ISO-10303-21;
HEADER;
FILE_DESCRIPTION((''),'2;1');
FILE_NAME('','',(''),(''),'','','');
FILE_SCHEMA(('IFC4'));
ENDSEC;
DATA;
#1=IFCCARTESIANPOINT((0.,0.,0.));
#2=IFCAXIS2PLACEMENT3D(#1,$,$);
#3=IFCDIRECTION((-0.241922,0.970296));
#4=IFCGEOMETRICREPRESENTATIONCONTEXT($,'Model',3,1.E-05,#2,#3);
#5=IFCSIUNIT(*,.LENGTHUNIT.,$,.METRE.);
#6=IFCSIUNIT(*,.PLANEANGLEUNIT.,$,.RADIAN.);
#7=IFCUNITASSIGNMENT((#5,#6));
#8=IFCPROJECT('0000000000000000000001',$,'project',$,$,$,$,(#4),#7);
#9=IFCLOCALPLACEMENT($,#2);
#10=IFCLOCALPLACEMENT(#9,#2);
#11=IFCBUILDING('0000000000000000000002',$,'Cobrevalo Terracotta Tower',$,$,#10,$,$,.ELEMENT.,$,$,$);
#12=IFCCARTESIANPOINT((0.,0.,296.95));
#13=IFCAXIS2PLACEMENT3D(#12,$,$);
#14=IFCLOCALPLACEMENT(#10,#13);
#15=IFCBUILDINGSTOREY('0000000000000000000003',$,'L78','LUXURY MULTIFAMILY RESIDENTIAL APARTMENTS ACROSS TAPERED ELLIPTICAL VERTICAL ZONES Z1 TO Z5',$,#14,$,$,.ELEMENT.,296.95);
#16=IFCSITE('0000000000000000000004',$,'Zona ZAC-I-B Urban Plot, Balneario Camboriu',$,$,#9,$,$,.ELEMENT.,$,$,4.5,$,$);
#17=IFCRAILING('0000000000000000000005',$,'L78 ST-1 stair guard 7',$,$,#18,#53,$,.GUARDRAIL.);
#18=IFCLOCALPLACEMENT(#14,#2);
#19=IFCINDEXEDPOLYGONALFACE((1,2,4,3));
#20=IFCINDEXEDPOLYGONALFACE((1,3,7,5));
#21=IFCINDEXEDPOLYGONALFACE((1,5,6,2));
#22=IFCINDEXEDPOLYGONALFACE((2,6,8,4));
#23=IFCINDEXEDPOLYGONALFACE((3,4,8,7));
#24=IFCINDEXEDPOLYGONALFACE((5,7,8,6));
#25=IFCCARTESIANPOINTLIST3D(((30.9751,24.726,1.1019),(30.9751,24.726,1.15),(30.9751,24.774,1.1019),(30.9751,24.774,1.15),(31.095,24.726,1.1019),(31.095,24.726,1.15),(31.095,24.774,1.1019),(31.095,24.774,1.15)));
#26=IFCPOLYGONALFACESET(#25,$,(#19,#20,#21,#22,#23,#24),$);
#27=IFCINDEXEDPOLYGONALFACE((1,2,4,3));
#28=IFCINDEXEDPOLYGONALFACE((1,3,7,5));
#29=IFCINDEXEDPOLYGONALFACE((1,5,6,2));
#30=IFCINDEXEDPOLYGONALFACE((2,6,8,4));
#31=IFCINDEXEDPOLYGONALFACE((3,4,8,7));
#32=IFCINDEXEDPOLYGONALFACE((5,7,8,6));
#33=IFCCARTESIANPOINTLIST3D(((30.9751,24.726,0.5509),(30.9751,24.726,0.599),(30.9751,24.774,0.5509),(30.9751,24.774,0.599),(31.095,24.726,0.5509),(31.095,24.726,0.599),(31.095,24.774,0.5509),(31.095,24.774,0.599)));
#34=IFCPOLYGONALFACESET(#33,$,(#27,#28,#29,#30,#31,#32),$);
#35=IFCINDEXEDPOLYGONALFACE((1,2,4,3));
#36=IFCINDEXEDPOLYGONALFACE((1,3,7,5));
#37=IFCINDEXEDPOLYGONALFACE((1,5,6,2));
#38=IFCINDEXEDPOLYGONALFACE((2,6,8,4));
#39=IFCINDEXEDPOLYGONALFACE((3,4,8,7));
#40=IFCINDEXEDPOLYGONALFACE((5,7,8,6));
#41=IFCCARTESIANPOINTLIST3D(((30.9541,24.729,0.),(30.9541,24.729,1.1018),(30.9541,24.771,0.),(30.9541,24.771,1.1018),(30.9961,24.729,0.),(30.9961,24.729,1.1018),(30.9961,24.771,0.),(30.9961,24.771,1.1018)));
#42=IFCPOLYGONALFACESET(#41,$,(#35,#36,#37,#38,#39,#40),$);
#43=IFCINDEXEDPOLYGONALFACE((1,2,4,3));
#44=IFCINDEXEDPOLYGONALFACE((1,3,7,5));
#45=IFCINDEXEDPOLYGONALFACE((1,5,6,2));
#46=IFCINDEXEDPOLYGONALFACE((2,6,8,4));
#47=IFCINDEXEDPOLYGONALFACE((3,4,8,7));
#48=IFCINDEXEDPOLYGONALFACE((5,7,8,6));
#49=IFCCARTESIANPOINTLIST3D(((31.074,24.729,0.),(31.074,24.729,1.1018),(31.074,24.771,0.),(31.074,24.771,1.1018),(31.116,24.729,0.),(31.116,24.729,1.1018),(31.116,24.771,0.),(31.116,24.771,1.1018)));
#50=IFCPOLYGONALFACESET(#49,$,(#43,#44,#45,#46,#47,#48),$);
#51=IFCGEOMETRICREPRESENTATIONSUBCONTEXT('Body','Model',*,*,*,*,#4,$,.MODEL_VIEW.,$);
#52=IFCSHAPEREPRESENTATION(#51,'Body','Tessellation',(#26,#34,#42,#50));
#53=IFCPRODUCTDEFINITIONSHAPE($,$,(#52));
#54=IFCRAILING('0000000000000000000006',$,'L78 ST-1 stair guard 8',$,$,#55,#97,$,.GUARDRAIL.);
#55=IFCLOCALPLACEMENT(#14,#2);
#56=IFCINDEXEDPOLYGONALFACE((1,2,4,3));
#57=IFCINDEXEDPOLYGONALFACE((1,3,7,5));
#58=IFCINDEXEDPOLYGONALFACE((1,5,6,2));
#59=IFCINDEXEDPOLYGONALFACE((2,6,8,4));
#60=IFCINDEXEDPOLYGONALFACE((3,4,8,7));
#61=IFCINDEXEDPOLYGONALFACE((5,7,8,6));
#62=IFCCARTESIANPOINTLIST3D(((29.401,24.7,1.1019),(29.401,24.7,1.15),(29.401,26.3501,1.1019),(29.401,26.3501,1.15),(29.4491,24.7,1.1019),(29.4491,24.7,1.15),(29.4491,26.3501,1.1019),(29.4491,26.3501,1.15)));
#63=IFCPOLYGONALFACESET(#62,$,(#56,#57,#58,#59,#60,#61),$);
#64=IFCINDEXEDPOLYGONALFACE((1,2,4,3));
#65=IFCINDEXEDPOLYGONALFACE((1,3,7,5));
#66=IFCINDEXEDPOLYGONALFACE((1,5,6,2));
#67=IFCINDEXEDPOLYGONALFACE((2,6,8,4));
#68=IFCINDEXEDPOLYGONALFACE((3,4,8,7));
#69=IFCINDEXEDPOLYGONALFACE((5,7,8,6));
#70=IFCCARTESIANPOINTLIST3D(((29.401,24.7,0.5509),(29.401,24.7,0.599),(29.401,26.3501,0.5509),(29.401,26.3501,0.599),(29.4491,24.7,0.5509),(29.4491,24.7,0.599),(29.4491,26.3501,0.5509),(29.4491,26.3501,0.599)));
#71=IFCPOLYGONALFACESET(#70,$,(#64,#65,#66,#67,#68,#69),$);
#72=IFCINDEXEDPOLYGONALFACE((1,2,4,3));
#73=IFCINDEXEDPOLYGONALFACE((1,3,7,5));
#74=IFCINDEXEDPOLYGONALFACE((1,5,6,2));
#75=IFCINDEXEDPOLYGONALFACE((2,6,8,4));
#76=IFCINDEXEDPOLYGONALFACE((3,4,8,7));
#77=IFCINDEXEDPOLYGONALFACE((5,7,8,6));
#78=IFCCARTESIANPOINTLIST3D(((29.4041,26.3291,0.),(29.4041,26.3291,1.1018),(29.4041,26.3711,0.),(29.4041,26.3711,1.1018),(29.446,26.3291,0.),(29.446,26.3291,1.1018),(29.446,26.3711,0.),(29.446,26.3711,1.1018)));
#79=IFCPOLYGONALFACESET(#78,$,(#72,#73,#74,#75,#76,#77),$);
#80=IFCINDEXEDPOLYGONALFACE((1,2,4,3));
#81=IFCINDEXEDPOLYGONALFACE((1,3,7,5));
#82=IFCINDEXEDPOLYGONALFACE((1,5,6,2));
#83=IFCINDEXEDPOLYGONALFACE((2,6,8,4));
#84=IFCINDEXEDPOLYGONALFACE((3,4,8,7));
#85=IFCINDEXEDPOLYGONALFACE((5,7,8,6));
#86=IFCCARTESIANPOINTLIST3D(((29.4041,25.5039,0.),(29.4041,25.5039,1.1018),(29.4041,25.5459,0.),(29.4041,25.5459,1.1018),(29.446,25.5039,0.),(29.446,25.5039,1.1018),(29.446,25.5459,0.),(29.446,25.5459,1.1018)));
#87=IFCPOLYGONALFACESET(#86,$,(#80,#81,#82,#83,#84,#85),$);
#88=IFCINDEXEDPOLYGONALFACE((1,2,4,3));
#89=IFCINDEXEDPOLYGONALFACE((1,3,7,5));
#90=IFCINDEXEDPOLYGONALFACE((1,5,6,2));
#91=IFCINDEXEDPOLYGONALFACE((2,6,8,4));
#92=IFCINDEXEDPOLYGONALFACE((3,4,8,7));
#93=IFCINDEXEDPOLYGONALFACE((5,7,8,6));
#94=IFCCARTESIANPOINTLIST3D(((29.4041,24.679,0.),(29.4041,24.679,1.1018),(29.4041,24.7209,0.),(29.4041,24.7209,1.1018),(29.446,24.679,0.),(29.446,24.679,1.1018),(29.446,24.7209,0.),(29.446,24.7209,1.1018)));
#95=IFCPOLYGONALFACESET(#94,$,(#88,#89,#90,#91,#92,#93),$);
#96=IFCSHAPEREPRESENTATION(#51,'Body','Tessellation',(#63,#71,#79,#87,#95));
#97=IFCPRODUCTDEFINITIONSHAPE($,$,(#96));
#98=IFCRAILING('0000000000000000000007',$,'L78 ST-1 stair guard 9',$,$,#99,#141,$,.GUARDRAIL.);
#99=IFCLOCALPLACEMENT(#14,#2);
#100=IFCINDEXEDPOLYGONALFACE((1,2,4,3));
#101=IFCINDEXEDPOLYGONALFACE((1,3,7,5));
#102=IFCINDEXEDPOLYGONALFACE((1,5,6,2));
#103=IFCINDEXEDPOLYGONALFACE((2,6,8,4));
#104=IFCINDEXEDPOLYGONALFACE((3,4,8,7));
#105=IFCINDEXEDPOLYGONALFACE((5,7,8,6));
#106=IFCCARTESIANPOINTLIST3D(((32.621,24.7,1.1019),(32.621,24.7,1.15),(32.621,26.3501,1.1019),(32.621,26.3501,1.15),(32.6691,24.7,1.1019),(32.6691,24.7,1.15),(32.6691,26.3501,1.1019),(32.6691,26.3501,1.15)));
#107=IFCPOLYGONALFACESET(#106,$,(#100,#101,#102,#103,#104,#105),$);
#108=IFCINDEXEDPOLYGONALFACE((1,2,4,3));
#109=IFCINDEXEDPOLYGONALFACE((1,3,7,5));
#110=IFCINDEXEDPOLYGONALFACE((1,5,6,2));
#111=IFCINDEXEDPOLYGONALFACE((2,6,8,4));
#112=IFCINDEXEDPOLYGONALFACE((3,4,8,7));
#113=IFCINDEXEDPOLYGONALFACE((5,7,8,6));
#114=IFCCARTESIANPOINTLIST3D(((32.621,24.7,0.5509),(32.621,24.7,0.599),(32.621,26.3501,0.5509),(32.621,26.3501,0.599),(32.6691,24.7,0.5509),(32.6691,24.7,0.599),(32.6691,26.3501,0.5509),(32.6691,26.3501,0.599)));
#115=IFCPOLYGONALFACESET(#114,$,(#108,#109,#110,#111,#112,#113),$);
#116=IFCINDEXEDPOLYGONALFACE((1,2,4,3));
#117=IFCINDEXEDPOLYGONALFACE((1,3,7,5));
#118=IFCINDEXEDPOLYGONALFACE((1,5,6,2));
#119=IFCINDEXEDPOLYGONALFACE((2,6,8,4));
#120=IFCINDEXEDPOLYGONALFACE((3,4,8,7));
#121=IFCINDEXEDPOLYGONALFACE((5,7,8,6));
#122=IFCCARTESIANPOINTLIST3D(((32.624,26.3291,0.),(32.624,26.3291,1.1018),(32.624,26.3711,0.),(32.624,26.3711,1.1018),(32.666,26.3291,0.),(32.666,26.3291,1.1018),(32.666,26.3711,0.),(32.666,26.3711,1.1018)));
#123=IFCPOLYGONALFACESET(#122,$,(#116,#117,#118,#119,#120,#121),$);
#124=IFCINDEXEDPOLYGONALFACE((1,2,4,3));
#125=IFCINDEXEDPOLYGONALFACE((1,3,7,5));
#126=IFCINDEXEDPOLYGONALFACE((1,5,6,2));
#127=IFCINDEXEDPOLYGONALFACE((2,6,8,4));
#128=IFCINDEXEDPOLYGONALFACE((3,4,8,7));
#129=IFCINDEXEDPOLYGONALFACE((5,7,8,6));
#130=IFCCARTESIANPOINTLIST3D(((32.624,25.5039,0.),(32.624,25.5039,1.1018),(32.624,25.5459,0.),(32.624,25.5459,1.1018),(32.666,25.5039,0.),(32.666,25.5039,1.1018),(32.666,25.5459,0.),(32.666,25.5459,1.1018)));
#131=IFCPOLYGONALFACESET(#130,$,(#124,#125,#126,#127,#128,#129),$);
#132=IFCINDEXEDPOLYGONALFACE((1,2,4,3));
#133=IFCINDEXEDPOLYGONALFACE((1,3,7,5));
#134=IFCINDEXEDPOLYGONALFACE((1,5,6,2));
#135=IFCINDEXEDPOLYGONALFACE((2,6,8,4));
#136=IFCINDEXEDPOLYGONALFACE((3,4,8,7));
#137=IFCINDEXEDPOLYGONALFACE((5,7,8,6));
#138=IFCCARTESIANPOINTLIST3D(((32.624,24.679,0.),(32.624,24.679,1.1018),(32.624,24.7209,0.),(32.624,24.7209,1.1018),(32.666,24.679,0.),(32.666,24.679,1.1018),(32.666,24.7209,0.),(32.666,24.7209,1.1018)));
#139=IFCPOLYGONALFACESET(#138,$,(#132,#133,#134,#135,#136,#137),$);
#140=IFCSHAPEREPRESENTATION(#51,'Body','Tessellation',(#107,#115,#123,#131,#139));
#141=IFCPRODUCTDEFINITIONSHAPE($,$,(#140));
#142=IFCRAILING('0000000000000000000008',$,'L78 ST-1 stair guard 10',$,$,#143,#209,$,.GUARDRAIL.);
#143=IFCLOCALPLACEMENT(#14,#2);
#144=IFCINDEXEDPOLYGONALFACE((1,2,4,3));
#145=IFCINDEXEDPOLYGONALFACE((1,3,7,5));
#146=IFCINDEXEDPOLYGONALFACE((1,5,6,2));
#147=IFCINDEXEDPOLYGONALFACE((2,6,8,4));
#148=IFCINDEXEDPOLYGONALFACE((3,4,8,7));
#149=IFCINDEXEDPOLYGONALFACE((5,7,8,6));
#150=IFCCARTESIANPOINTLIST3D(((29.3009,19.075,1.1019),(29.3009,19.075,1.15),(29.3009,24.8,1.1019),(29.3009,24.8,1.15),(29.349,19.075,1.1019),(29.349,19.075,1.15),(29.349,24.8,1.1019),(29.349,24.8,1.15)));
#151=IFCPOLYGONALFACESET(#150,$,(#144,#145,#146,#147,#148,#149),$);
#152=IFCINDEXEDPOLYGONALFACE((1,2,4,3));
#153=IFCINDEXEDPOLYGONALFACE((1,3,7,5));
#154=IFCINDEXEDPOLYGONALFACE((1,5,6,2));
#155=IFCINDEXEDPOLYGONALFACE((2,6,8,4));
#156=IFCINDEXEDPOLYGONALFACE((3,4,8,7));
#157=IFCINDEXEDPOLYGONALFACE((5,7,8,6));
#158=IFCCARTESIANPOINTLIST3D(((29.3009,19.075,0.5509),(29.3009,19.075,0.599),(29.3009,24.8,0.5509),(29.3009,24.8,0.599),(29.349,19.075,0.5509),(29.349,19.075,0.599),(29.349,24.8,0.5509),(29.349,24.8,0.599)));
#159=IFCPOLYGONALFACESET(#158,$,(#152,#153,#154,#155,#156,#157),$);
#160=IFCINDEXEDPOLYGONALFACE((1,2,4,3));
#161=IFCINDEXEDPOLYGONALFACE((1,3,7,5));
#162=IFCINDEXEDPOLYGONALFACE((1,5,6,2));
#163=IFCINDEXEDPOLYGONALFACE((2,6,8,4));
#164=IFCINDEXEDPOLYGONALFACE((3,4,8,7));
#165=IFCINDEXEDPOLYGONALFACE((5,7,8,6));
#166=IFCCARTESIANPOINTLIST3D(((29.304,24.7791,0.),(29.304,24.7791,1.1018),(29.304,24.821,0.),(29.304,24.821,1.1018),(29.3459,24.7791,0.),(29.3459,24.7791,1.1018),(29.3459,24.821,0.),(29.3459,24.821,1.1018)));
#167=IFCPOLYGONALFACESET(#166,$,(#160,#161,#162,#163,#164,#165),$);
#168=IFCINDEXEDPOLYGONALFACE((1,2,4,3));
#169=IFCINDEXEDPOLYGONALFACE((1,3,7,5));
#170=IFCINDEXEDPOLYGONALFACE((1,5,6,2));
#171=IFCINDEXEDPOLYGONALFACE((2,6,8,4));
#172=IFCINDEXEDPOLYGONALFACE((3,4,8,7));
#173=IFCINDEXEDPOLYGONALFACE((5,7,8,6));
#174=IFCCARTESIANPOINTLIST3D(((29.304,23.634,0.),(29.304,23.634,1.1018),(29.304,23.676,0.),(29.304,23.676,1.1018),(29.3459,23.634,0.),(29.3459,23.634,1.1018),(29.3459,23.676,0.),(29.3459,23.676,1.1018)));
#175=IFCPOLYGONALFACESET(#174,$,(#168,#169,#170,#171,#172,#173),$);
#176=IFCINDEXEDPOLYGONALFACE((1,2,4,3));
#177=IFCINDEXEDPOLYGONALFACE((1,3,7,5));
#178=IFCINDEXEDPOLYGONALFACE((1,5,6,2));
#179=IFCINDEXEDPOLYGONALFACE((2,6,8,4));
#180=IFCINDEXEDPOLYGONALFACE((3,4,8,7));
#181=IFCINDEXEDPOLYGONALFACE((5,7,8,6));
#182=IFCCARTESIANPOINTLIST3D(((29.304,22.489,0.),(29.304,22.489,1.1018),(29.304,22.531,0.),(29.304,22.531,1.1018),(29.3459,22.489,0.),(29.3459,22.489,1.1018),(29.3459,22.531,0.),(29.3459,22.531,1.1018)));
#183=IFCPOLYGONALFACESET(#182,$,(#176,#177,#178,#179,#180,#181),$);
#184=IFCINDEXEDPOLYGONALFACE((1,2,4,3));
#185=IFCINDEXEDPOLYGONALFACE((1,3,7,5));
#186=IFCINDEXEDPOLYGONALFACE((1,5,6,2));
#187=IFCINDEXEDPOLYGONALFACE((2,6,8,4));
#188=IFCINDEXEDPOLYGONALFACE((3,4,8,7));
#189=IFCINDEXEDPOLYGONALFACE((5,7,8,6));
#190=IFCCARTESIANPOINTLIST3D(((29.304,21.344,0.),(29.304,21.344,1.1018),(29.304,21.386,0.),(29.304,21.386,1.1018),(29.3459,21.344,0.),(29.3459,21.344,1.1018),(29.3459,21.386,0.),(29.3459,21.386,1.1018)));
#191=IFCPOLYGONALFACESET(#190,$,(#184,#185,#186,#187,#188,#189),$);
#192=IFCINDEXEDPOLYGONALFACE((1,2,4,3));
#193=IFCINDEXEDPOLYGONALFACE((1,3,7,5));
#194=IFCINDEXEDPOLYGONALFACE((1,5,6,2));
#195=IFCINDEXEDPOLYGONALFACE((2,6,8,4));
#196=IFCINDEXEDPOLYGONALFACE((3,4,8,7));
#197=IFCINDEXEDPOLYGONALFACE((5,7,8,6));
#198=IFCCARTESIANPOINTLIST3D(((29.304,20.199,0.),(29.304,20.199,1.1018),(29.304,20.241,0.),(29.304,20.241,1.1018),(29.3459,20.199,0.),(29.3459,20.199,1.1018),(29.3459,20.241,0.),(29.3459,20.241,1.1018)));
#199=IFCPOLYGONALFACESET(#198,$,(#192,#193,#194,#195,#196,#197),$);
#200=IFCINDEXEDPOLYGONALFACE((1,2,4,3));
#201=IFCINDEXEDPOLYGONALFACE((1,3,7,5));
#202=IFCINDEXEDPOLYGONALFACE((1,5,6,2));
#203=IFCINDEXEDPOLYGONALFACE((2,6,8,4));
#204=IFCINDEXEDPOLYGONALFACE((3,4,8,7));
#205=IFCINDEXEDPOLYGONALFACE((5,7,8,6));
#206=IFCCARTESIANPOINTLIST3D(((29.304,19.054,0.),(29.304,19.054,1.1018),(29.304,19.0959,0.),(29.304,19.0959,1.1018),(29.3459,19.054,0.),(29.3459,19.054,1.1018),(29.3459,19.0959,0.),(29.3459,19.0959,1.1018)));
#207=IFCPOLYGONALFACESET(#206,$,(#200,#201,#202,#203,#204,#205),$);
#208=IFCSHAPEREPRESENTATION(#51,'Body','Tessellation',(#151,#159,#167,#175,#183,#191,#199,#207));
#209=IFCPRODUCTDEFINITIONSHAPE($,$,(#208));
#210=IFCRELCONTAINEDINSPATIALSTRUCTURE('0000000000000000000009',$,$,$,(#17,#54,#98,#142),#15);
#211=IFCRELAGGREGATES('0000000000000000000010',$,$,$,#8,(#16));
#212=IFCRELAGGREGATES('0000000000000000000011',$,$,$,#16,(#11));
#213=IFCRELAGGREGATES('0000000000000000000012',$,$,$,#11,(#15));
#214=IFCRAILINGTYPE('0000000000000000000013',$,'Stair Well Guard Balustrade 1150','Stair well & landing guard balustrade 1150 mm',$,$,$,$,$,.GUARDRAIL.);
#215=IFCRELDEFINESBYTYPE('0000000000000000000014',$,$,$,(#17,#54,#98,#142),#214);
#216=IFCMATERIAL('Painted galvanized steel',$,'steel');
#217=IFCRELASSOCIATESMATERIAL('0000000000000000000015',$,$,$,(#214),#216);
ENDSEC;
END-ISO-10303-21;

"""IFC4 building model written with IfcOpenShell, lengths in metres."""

from ifc_helpers import new_model, si_unit, direction, frame, origin, origin_2d, place, context, subcontext, project, spatial, rectangle, extrude, material, type_object, element, save


model = new_model("IFC4")

# Units and contexts
model_context = context("Model", 3, precision=1e-05, world=origin(), true_north=direction((-0.241922, 0.970296)))
body_context = subcontext(model_context, "Body", "Model", "MODEL_VIEW")
ifc_project = project(units=[si_unit("LENGTHUNIT", "METRE"), si_unit("PLANEANGLEUNIT", "RADIAN")], contexts=[model_context])

# Site, building, storey
site_placement = place(None, origin())
site = spatial("IfcSite", under=ifc_project, at=site_placement, Name="Zona ZAC-I-B Urban Plot, Balneario Camboriu", CompositionType="ELEMENT", RefElevation=4.5)
building_placement = place(site_placement, origin())
building = spatial("IfcBuilding", under=site, at=building_placement, Name="Cobrevalo Terracotta Tower", CompositionType="ELEMENT")
storey_placement = place(building_placement, frame((0.0, 0.0, 296.95)))
storey = spatial("IfcBuildingStorey", under=building, at=storey_placement, Name="L78", Description="LUXURY MULTIFAMILY RESIDENTIAL APARTMENTS ACROSS TAPERED ELLIPTICAL VERTICAL ZONES Z1 TO Z5", CompositionType="ELEMENT", Elevation=296.95)

# Railings
ifc_material_1 = material(Name="Painted galvanized steel", Category="steel")
railing_type_1 = type_object("IfcRailingType", Name="Stair Well Guard Balustrade 1150", Description="Stair well & landing guard balustrade 1150 mm", PredefinedType="GUARDRAIL", material=ifc_material_1)
railing_1_placement = place(storey_placement, frame((30.9751, 24.75, 0.0)))
element("IfcRailing", 1, at=railing_1_placement, inside=storey, type_object=railing_type_1, Name="L78 ST-1 stair guard 7", PredefinedType="GUARDRAIL", context=body_context, shape_type="SweptSolid", body=[
    extrude(rectangle(XDim=0.0481, YDim=0.0481, at=origin_2d()), frame((0.0, 0.0, 1.126), z_axis=(1.0, 0.0, 0.0), x_axis=(0.0, 1.0, 0.0)), (0.0, 0.0, 1.0), 0.1199),
    extrude(rectangle(XDim=0.0481, YDim=0.0481, at=origin_2d()), frame((0.0, 0.0, 0.575), z_axis=(1.0, 0.0, 0.0), x_axis=(0.0, 1.0, 0.0)), (0.0, 0.0, 1.0), 0.1199),
    extrude(rectangle(XDim=0.042, YDim=0.042, at=origin_2d()), origin(), (0.0, 0.0, 1.0), 1.1018),
    extrude(rectangle(XDim=0.042, YDim=0.042, at=origin_2d()), frame((0.1199, 0.0, 0.0)), (0.0, 0.0, 1.0), 1.1018),
])
for number, where, name in (
    (2, (29.425, 26.3501, 0.0), "L78 ST-1 stair guard 8"),
    (3, (32.645, 26.3501, 0.0), "L78 ST-1 stair guard 9"),
):
    element("IfcRailing", number, at=place(storey_placement, frame(where)), inside=storey, type_object=railing_type_1, Name=name, PredefinedType="GUARDRAIL", context=body_context, shape_type="SweptSolid", body=[
        extrude(rectangle(XDim=0.0481, YDim=0.0481, at=origin_2d()), frame((0.0, 0.0, 1.126), z_axis=(0.0, -1.0, 0.0), x_axis=(1.0, 0.0, 0.0)), (0.0, 0.0, 1.0), 1.6501),
        extrude(rectangle(XDim=0.0481, YDim=0.0481, at=origin_2d()), frame((0.0, 0.0, 0.575), z_axis=(0.0, -1.0, 0.0), x_axis=(1.0, 0.0, 0.0)), (0.0, 0.0, 1.0), 1.6501),
        extrude(rectangle(XDim=0.042, YDim=0.042, at=origin_2d()), origin(), (0.0, 0.0, 1.0), 1.1018),
        extrude(rectangle(XDim=0.042, YDim=0.042, at=origin_2d()), frame((0.0, -0.8252, 0.0)), (0.0, 0.0, 1.0), 1.1018),
        extrude(rectangle(XDim=0.042, YDim=0.042, at=origin_2d()), frame((0.0, -1.6501, 0.0)), (0.0, 0.0, 1.0), 1.1018),
    ])
for number, where, name in (
    (4, (29.325, 24.8, 0.0), "L78 ST-1 stair guard 10"),
):
    element("IfcRailing", number, at=place(storey_placement, frame(where)), inside=storey, type_object=railing_type_1, Name=name, PredefinedType="GUARDRAIL", context=body_context, shape_type="SweptSolid", body=[
        extrude(rectangle(XDim=0.0481, YDim=0.0481, at=origin_2d()), frame((0.0, 0.0, 1.126), z_axis=(0.0, -1.0, 0.0), x_axis=(1.0, 0.0, 0.0)), (0.0, 0.0, 1.0), 5.7251),
        extrude(rectangle(XDim=0.0481, YDim=0.0481, at=origin_2d()), frame((0.0, 0.0, 0.575), z_axis=(0.0, -1.0, 0.0), x_axis=(1.0, 0.0, 0.0)), (0.0, 0.0, 1.0), 5.7251),
        extrude(rectangle(XDim=0.042, YDim=0.042, at=origin_2d()), origin(), (0.0, 0.0, 1.0), 1.1018),
        extrude(rectangle(XDim=0.042, YDim=0.042, at=origin_2d()), frame((0.0, -1.145, 0.0)), (0.0, 0.0, 1.0), 1.1018),
        extrude(rectangle(XDim=0.042, YDim=0.042, at=origin_2d()), frame((0.0, -2.29, 0.0)), (0.0, 0.0, 1.0), 1.1018),
        extrude(rectangle(XDim=0.042, YDim=0.042, at=origin_2d()), frame((0.0, -3.4351, 0.0)), (0.0, 0.0, 1.0), 1.1018),
        extrude(rectangle(XDim=0.042, YDim=0.042, at=origin_2d()), frame((0.0, -4.5801, 0.0)), (0.0, 0.0, 1.0), 1.1018),
        extrude(rectangle(XDim=0.042, YDim=0.042, at=origin_2d()), frame((0.0, -5.7251, 0.0)), (0.0, 0.0, 1.0), 1.1018),
    ])

save(model, "model.ifc")
